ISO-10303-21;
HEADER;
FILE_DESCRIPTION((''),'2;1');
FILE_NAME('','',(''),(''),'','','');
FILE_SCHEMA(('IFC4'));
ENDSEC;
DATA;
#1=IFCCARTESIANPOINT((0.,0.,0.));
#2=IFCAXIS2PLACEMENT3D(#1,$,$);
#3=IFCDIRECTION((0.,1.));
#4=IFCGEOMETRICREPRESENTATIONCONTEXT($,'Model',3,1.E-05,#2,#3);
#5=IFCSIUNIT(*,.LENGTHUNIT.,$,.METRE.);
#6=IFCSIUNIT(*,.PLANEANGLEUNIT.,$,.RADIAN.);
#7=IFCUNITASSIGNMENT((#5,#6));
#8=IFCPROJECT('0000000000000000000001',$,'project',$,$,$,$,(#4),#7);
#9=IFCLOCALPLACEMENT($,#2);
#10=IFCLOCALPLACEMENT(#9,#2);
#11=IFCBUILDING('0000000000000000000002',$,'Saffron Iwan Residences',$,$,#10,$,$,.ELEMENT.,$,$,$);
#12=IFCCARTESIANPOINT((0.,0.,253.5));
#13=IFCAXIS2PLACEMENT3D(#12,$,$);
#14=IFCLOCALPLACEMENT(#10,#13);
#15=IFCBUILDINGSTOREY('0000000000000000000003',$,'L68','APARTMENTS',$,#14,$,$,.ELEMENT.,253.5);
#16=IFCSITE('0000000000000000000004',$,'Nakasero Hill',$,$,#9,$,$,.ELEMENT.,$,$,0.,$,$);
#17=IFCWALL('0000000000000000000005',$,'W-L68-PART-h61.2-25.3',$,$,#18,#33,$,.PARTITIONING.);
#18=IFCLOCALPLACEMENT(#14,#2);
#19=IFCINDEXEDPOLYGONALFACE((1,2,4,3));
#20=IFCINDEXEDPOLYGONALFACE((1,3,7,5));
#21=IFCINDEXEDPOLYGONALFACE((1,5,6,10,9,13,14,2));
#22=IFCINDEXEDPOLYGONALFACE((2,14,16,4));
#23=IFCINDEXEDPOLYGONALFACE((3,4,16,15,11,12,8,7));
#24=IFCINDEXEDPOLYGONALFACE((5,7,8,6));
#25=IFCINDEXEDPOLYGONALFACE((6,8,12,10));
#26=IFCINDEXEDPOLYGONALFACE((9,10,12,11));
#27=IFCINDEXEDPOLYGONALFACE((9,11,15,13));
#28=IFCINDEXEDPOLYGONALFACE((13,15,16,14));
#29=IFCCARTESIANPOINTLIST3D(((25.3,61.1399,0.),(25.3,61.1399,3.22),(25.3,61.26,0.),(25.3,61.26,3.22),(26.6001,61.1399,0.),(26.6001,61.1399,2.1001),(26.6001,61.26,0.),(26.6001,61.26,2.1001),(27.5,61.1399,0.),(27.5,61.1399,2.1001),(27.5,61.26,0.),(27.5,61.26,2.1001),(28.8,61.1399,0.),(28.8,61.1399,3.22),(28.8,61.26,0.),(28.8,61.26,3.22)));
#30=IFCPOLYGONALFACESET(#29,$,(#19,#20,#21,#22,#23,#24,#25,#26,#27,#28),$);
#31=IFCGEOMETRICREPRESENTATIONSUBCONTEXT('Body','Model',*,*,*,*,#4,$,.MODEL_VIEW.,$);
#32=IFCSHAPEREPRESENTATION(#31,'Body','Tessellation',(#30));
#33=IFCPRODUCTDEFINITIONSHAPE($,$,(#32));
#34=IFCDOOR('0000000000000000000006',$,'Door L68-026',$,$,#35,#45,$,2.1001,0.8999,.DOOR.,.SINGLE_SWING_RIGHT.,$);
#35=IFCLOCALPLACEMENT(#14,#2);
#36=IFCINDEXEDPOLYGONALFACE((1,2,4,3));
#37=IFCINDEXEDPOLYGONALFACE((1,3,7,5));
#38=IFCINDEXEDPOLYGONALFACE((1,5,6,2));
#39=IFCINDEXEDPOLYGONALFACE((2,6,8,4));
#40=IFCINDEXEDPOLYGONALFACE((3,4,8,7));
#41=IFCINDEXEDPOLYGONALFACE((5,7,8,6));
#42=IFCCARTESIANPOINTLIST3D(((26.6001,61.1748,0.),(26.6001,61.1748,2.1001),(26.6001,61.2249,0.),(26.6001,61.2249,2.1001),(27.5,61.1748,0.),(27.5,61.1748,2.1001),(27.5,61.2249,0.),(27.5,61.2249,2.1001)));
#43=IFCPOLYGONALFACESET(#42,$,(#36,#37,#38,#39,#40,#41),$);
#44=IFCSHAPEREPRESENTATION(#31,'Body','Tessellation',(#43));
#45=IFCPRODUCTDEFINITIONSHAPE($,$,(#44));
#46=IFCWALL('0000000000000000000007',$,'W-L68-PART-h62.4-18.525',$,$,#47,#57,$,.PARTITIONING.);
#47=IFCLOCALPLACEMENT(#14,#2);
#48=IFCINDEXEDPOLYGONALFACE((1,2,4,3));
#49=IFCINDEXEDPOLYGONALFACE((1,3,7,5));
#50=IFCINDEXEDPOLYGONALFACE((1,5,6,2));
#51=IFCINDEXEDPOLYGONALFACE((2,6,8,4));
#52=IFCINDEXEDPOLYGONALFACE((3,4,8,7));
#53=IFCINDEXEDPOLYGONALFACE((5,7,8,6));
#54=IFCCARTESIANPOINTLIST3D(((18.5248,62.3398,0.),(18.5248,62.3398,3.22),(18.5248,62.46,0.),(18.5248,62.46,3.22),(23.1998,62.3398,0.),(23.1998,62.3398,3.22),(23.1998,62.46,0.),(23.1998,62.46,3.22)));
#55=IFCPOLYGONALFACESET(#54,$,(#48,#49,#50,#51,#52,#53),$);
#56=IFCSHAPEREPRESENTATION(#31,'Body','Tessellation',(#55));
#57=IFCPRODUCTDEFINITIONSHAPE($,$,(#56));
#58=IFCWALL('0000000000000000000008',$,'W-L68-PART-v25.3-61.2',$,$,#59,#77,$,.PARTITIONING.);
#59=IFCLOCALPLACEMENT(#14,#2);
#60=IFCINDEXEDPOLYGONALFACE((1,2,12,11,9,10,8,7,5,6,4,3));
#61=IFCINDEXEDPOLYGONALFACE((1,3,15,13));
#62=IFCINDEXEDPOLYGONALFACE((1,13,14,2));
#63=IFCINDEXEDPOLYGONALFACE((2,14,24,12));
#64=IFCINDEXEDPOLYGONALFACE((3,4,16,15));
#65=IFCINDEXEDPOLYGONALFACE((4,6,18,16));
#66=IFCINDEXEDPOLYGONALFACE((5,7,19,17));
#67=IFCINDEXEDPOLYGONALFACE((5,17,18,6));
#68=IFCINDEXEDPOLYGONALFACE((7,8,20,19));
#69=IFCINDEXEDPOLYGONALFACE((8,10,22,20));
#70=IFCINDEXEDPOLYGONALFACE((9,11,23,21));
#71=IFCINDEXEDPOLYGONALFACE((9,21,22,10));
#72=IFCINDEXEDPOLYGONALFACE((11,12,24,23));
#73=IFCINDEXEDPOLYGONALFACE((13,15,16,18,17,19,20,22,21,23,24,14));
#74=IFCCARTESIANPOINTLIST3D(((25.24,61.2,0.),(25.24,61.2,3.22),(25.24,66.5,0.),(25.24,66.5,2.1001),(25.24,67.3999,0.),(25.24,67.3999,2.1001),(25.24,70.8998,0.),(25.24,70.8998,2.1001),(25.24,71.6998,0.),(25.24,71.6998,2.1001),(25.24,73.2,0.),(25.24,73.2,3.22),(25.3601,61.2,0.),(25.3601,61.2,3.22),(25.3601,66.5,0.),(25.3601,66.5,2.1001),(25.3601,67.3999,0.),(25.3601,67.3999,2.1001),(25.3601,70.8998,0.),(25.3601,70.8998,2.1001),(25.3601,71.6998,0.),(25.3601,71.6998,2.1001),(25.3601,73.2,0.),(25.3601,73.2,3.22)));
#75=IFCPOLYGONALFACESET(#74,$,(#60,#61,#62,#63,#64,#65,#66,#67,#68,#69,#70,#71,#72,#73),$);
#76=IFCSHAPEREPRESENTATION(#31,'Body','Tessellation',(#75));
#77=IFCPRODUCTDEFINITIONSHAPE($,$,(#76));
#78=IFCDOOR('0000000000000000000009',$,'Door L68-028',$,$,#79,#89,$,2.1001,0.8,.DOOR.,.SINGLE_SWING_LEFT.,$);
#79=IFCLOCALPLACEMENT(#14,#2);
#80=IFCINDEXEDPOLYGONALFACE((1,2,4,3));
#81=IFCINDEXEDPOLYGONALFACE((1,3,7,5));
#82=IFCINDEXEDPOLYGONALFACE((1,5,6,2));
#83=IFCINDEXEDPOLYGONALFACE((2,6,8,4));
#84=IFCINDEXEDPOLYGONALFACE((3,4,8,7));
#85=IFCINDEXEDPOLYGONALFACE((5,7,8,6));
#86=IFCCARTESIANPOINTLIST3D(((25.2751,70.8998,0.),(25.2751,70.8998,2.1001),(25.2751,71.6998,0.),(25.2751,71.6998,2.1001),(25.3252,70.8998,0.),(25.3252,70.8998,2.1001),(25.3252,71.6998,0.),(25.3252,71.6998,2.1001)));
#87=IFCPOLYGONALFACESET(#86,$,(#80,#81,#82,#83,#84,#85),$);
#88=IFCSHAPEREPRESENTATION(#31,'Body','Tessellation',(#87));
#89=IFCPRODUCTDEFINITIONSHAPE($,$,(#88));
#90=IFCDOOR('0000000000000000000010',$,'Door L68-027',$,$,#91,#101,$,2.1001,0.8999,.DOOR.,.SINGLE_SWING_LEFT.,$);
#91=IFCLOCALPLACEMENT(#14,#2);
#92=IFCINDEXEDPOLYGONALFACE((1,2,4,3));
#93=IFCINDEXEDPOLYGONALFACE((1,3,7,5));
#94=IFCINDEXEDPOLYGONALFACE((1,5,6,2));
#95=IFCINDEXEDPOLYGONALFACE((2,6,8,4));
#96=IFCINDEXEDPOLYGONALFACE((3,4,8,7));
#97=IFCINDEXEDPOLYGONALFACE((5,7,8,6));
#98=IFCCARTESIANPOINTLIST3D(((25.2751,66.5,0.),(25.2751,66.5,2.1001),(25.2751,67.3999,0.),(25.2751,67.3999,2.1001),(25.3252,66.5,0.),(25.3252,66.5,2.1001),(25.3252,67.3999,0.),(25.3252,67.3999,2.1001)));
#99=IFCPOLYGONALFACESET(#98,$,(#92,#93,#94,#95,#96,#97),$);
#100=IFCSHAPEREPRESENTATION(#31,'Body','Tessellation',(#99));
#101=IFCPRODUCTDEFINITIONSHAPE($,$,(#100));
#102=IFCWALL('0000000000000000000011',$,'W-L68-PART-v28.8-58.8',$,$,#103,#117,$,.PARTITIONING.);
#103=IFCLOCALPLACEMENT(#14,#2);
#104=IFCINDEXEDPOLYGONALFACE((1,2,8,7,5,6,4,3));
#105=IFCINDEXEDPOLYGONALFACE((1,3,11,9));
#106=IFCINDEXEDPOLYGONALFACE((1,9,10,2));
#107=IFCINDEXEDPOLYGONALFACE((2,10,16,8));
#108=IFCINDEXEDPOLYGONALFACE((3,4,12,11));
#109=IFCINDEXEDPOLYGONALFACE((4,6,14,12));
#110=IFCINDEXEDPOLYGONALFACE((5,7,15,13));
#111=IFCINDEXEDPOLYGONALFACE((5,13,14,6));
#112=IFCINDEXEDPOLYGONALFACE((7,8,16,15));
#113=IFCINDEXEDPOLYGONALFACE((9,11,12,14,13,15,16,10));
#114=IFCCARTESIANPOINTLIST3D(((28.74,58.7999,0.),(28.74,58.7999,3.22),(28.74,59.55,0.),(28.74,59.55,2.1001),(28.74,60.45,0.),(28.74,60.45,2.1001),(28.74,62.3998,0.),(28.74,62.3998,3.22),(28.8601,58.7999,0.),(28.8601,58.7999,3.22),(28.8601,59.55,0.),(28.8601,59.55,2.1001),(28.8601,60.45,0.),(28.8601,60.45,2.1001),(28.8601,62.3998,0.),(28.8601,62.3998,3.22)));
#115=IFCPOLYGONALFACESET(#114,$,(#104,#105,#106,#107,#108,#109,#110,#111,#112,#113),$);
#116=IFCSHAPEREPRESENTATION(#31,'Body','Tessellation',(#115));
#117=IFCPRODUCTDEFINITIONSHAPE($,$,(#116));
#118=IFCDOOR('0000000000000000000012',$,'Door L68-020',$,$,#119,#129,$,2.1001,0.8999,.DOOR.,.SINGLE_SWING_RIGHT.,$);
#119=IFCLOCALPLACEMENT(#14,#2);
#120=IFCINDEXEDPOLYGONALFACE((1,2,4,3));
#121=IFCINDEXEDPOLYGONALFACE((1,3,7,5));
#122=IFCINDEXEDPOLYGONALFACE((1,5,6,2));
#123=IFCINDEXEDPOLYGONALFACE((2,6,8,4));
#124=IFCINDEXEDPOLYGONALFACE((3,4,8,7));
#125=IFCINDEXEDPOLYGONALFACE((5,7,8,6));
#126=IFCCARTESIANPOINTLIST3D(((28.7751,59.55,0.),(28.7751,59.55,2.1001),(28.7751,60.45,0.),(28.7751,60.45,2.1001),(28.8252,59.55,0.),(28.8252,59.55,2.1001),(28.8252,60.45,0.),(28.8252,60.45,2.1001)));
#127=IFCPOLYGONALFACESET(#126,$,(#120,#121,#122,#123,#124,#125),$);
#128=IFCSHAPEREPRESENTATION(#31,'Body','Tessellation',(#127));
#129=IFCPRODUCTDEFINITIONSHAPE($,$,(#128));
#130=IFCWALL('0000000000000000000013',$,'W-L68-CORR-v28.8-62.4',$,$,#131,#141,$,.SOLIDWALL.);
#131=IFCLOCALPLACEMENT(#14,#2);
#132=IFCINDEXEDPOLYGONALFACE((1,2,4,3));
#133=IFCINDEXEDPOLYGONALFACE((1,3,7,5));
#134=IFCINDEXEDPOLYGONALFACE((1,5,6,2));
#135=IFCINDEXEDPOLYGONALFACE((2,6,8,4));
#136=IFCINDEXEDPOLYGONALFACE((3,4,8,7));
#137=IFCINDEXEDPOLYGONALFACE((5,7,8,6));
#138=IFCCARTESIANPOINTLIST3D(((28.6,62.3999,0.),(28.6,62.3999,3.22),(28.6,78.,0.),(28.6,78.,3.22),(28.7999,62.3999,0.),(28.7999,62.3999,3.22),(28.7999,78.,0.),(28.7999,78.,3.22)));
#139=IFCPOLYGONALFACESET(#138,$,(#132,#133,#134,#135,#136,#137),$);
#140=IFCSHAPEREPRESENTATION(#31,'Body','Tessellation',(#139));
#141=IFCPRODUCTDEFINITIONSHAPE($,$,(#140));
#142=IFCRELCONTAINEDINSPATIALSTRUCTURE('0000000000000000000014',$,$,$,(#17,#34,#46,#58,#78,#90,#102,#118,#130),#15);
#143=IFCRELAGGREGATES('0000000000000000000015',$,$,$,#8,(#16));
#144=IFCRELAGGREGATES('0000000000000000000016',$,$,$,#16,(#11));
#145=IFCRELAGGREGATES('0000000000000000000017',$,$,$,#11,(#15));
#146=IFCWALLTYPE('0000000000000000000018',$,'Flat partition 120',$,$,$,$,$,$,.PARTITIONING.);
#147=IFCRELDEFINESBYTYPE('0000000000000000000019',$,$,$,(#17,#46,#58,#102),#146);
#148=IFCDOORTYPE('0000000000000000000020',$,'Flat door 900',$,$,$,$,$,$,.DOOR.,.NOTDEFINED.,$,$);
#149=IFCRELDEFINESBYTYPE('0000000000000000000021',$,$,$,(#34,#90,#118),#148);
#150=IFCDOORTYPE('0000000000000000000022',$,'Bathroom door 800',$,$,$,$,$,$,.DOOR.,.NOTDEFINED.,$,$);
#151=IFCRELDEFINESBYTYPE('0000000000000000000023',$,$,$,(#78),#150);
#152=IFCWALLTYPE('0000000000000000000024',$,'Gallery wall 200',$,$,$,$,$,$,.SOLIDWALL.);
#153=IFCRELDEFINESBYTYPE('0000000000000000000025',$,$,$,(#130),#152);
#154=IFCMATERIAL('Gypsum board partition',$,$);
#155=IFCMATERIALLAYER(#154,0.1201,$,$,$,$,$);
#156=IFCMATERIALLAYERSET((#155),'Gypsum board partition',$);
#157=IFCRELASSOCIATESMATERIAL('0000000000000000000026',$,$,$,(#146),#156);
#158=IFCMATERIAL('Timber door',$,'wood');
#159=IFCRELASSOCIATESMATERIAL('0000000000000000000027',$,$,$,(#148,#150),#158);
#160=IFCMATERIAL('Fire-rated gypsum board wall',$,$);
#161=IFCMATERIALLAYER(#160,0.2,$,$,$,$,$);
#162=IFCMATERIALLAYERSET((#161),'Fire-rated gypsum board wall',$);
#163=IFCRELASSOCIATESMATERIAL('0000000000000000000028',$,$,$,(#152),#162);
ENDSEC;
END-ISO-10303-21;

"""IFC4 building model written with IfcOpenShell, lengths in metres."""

from ifc_helpers import new_model, si_unit, direction, frame, frame_2d, origin, place, context, subcontext, project, spatial, rectangle, extrude, material, layer, layer_set, type_object, element, fill, save


model = new_model("IFC4")

# Units and contexts
model_context = context("Model", 3, precision=1e-05, world=origin(), true_north=direction((0.0, 1.0)))
body_context = subcontext(model_context, "Body", "Model", "MODEL_VIEW")
ifc_project = project(units=[si_unit("LENGTHUNIT", "METRE"), si_unit("PLANEANGLEUNIT", "RADIAN")], contexts=[model_context])

# Site, building, storey
site_placement = place(None, origin())
site = spatial("IfcSite", under=ifc_project, at=site_placement, Name="Nakasero Hill", CompositionType="ELEMENT", RefElevation=0.0)
building_placement = place(site_placement, origin())
building = spatial("IfcBuilding", under=site, at=building_placement, Name="Saffron Iwan Residences", CompositionType="ELEMENT")
storey_placement = place(building_placement, frame((0.0, 0.0, 253.5)))
storey = spatial("IfcBuildingStorey", under=building, at=storey_placement, Name="L68", Description="APARTMENTS", CompositionType="ELEMENT", Elevation=253.5)

# Shared definitions
ifc_material_1 = material(Name="Fire-rated gypsum board wall")
ifc_material_2 = material(Name="Gypsum board partition")
ifc_layer_1 = layer(ifc_material_2, 0.1201)
ifc_layer_set_1 = layer_set([ifc_layer_1], Name="Gypsum board partition")
wall_type_1 = type_object("IfcWallType", Name="Flat partition 120", PredefinedType="PARTITIONING", material=ifc_layer_set_1)

# Wall, opening, door
wall_1_placement = place(storey_placement, frame((25.3, 61.2, 0.0), z_axis=(0.0, 0.0, 1.0), x_axis=(1.0, 0.0, 0.0)))
wall_1 = element("IfcWall", 1, at=wall_1_placement, inside=storey, type_object=wall_type_1, Name="W-L68-PART-h61.2-25.3", PredefinedType="PARTITIONING", context=body_context, shape_type="SweptSolid", body=[
    extrude(rectangle(XDim=3.5, YDim=0.1201, at=frame_2d((1.75, 0.0))), origin(), (0.0, 0.0, 1.0), 3.22),
])
opening_1_placement = place(wall_1_placement, frame((1.3, 0.0, 0.0)))
opening_1 = element("IfcOpeningElement", 2, at=opening_1_placement, cuts=wall_1, PredefinedType="OPENING", context=body_context, shape_type="SweptSolid", body=[
    extrude(rectangle(XDim=0.8999, YDim=2.1001, at=frame_2d((0.45, 1.05))), frame((0.0, 0.0701, 0.0), z_axis=(0.0, -1.0, 0.0), x_axis=(1.0, 0.0, 0.0)), (0.0, 0.0, 1.0), 0.1401),
])
ifc_material_3 = material(Name="Timber door", Category="wood")
door_type_1 = type_object("IfcDoorType", Name="Flat door 900", OperationType="NOTDEFINED", PredefinedType="DOOR", material=ifc_material_3)
door_1_placement = place(opening_1_placement, origin())
door_1 = element("IfcDoor", 3, at=door_1_placement, inside=storey, type_object=door_type_1, Name="Door L68-026", OperationType="SINGLE_SWING_RIGHT", OverallHeight=2.1001, OverallWidth=0.8999, PredefinedType="DOOR", context=body_context, shape_type="SweptSolid", body=[
    extrude(rectangle(XDim=0.8999, YDim=2.1001, at=frame_2d((0.45, 1.05))), frame((0.0, 0.0249, 0.0), z_axis=(0.0, -1.0, 0.0), x_axis=(1.0, 0.0, 0.0)), (0.0, 0.0, 1.0), 0.05),
])
fill(opening_1, door_1)

# Wall
wall_2_placement = place(storey_placement, frame((18.5249, 62.3999, 0.0), z_axis=(0.0, 0.0, 1.0), x_axis=(1.0, 0.0, 0.0)))
element("IfcWall", 4, at=wall_2_placement, inside=storey, type_object=wall_type_1, Name="W-L68-PART-h62.4-18.525", PredefinedType="PARTITIONING", context=body_context, shape_type="SweptSolid", body=[
    extrude(rectangle(XDim=4.675, YDim=0.1201, at=frame_2d((2.3374, 0.0))), origin(), (0.0, 0.0, 1.0), 3.22),
])

# Wall, openings, doors
wall_3_placement = place(storey_placement, frame((25.3, 61.2, 0.0), z_axis=(0.0, 0.0, 1.0), x_axis=(0.0, 1.0, 0.0)))
wall_3 = element("IfcWall", 5, at=wall_3_placement, inside=storey, type_object=wall_type_1, Name="W-L68-PART-v25.3-61.2", PredefinedType="PARTITIONING", context=body_context, shape_type="SweptSolid", body=[
    extrude(rectangle(XDim=12.0, YDim=0.1201, at=frame_2d((6.0, 0.0))), origin(), (0.0, 0.0, 1.0), 3.22),
])
opening_2_placement = place(wall_3_placement, frame((5.3, 0.0, 0.0)))
opening_2 = element("IfcOpeningElement", 6, at=opening_2_placement, cuts=wall_3, PredefinedType="OPENING", context=body_context, shape_type="SweptSolid", body=[
    extrude(rectangle(XDim=0.8999, YDim=2.1001, at=frame_2d((0.45, 1.05))), frame((0.0, 0.0701, 0.0), z_axis=(0.0, -1.0, 0.0), x_axis=(1.0, 0.0, 0.0)), (0.0, 0.0, 1.0), 0.1401),
])
opening_3_placement = place(wall_3_placement, frame((9.7, 0.0, 0.0)))
opening_3 = element("IfcOpeningElement", 7, at=opening_3_placement, cuts=wall_3, PredefinedType="OPENING", context=body_context, shape_type="SweptSolid", body=[
    extrude(rectangle(XDim=0.8, YDim=2.1001, at=frame_2d((0.3999, 1.05))), frame((0.0, 0.0701, 0.0), z_axis=(0.0, -1.0, 0.0), x_axis=(1.0, 0.0, 0.0)), (0.0, 0.0, 1.0), 0.1401),
])
door_type_2 = type_object("IfcDoorType", Name="Bathroom door 800", OperationType="NOTDEFINED", PredefinedType="DOOR", material=ifc_material_3)
door_2_placement = place(opening_3_placement, origin())
door_2 = element("IfcDoor", 8, at=door_2_placement, inside=storey, type_object=door_type_2, Name="Door L68-028", OperationType="SINGLE_SWING_LEFT", OverallHeight=2.1001, OverallWidth=0.8, PredefinedType="DOOR", context=body_context, shape_type="SweptSolid", body=[
    extrude(rectangle(XDim=0.8, YDim=2.1001, at=frame_2d((0.3999, 1.05))), frame((0.0, 0.0249, 0.0), z_axis=(0.0, -1.0, 0.0), x_axis=(1.0, 0.0, 0.0)), (0.0, 0.0, 1.0), 0.05),
])
fill(opening_3, door_2)
door_3_placement = place(opening_2_placement, origin())
door_3 = element("IfcDoor", 9, at=door_3_placement, inside=storey, type_object=door_type_1, Name="Door L68-027", OperationType="SINGLE_SWING_LEFT", OverallHeight=2.1001, OverallWidth=0.8999, PredefinedType="DOOR", context=body_context, shape_type="SweptSolid", body=[
    extrude(rectangle(XDim=0.8999, YDim=2.1001, at=frame_2d((0.45, 1.05))), frame((0.0, 0.0249, 0.0), z_axis=(0.0, -1.0, 0.0), x_axis=(1.0, 0.0, 0.0)), (0.0, 0.0, 1.0), 0.05),
])
fill(opening_2, door_3)

# Wall, opening, door
wall_4_placement = place(storey_placement, frame((28.8, 58.8, 0.0), z_axis=(0.0, 0.0, 1.0), x_axis=(0.0, 1.0, 0.0)))
wall_4 = element("IfcWall", 10, at=wall_4_placement, inside=storey, type_object=wall_type_1, Name="W-L68-PART-v28.8-58.8", PredefinedType="PARTITIONING", context=body_context, shape_type="SweptSolid", body=[
    extrude(rectangle(XDim=3.5999, YDim=0.1201, at=frame_2d((1.7998, 0.0))), origin(), (0.0, 0.0, 1.0), 3.22),
])
opening_4_placement = place(wall_4_placement, frame((0.75, 0.0, 0.0)))
opening_4 = element("IfcOpeningElement", 11, at=opening_4_placement, cuts=wall_4, PredefinedType="OPENING", context=body_context, shape_type="SweptSolid", body=[
    extrude(rectangle(XDim=0.8999, YDim=2.1001, at=frame_2d((0.45, 1.05))), frame((0.0, 0.0701, 0.0), z_axis=(0.0, -1.0, 0.0), x_axis=(1.0, 0.0, 0.0)), (0.0, 0.0, 1.0), 0.1401),
])
door_4_placement = place(opening_4_placement, origin())
door_4 = element("IfcDoor", 12, at=door_4_placement, inside=storey, type_object=door_type_1, Name="Door L68-020", OperationType="SINGLE_SWING_RIGHT", OverallHeight=2.1001, OverallWidth=0.8999, PredefinedType="DOOR", context=body_context, shape_type="SweptSolid", body=[
    extrude(rectangle(XDim=0.8999, YDim=2.1001, at=frame_2d((0.45, 1.05))), frame((0.0, 0.0249, 0.0), z_axis=(0.0, -1.0, 0.0), x_axis=(1.0, 0.0, 0.0)), (0.0, 0.0, 1.0), 0.05),
])
fill(opening_4, door_4)

# Wall
ifc_layer_2 = layer(ifc_material_1, 0.2)
ifc_layer_set_2 = layer_set([ifc_layer_2], Name="Fire-rated gypsum board wall")
wall_type_2 = type_object("IfcWallType", Name="Gallery wall 200", PredefinedType="SOLIDWALL", material=ifc_layer_set_2)
wall_5_placement = place(storey_placement, frame((28.7, 62.3999, 0.0), z_axis=(0.0, 0.0, 1.0), x_axis=(0.0, 1.0, 0.0)))
element("IfcWall", 13, at=wall_5_placement, inside=storey, type_object=wall_type_2, Name="W-L68-CORR-v28.8-62.4", PredefinedType="SOLIDWALL", context=body_context, shape_type="SweptSolid", body=[
    extrude(rectangle(XDim=15.6001, YDim=0.2, at=frame_2d((7.8, 0.0))), origin(), (0.0, 0.0, 1.0), 3.22),
])

save(model, "model.ifc")
